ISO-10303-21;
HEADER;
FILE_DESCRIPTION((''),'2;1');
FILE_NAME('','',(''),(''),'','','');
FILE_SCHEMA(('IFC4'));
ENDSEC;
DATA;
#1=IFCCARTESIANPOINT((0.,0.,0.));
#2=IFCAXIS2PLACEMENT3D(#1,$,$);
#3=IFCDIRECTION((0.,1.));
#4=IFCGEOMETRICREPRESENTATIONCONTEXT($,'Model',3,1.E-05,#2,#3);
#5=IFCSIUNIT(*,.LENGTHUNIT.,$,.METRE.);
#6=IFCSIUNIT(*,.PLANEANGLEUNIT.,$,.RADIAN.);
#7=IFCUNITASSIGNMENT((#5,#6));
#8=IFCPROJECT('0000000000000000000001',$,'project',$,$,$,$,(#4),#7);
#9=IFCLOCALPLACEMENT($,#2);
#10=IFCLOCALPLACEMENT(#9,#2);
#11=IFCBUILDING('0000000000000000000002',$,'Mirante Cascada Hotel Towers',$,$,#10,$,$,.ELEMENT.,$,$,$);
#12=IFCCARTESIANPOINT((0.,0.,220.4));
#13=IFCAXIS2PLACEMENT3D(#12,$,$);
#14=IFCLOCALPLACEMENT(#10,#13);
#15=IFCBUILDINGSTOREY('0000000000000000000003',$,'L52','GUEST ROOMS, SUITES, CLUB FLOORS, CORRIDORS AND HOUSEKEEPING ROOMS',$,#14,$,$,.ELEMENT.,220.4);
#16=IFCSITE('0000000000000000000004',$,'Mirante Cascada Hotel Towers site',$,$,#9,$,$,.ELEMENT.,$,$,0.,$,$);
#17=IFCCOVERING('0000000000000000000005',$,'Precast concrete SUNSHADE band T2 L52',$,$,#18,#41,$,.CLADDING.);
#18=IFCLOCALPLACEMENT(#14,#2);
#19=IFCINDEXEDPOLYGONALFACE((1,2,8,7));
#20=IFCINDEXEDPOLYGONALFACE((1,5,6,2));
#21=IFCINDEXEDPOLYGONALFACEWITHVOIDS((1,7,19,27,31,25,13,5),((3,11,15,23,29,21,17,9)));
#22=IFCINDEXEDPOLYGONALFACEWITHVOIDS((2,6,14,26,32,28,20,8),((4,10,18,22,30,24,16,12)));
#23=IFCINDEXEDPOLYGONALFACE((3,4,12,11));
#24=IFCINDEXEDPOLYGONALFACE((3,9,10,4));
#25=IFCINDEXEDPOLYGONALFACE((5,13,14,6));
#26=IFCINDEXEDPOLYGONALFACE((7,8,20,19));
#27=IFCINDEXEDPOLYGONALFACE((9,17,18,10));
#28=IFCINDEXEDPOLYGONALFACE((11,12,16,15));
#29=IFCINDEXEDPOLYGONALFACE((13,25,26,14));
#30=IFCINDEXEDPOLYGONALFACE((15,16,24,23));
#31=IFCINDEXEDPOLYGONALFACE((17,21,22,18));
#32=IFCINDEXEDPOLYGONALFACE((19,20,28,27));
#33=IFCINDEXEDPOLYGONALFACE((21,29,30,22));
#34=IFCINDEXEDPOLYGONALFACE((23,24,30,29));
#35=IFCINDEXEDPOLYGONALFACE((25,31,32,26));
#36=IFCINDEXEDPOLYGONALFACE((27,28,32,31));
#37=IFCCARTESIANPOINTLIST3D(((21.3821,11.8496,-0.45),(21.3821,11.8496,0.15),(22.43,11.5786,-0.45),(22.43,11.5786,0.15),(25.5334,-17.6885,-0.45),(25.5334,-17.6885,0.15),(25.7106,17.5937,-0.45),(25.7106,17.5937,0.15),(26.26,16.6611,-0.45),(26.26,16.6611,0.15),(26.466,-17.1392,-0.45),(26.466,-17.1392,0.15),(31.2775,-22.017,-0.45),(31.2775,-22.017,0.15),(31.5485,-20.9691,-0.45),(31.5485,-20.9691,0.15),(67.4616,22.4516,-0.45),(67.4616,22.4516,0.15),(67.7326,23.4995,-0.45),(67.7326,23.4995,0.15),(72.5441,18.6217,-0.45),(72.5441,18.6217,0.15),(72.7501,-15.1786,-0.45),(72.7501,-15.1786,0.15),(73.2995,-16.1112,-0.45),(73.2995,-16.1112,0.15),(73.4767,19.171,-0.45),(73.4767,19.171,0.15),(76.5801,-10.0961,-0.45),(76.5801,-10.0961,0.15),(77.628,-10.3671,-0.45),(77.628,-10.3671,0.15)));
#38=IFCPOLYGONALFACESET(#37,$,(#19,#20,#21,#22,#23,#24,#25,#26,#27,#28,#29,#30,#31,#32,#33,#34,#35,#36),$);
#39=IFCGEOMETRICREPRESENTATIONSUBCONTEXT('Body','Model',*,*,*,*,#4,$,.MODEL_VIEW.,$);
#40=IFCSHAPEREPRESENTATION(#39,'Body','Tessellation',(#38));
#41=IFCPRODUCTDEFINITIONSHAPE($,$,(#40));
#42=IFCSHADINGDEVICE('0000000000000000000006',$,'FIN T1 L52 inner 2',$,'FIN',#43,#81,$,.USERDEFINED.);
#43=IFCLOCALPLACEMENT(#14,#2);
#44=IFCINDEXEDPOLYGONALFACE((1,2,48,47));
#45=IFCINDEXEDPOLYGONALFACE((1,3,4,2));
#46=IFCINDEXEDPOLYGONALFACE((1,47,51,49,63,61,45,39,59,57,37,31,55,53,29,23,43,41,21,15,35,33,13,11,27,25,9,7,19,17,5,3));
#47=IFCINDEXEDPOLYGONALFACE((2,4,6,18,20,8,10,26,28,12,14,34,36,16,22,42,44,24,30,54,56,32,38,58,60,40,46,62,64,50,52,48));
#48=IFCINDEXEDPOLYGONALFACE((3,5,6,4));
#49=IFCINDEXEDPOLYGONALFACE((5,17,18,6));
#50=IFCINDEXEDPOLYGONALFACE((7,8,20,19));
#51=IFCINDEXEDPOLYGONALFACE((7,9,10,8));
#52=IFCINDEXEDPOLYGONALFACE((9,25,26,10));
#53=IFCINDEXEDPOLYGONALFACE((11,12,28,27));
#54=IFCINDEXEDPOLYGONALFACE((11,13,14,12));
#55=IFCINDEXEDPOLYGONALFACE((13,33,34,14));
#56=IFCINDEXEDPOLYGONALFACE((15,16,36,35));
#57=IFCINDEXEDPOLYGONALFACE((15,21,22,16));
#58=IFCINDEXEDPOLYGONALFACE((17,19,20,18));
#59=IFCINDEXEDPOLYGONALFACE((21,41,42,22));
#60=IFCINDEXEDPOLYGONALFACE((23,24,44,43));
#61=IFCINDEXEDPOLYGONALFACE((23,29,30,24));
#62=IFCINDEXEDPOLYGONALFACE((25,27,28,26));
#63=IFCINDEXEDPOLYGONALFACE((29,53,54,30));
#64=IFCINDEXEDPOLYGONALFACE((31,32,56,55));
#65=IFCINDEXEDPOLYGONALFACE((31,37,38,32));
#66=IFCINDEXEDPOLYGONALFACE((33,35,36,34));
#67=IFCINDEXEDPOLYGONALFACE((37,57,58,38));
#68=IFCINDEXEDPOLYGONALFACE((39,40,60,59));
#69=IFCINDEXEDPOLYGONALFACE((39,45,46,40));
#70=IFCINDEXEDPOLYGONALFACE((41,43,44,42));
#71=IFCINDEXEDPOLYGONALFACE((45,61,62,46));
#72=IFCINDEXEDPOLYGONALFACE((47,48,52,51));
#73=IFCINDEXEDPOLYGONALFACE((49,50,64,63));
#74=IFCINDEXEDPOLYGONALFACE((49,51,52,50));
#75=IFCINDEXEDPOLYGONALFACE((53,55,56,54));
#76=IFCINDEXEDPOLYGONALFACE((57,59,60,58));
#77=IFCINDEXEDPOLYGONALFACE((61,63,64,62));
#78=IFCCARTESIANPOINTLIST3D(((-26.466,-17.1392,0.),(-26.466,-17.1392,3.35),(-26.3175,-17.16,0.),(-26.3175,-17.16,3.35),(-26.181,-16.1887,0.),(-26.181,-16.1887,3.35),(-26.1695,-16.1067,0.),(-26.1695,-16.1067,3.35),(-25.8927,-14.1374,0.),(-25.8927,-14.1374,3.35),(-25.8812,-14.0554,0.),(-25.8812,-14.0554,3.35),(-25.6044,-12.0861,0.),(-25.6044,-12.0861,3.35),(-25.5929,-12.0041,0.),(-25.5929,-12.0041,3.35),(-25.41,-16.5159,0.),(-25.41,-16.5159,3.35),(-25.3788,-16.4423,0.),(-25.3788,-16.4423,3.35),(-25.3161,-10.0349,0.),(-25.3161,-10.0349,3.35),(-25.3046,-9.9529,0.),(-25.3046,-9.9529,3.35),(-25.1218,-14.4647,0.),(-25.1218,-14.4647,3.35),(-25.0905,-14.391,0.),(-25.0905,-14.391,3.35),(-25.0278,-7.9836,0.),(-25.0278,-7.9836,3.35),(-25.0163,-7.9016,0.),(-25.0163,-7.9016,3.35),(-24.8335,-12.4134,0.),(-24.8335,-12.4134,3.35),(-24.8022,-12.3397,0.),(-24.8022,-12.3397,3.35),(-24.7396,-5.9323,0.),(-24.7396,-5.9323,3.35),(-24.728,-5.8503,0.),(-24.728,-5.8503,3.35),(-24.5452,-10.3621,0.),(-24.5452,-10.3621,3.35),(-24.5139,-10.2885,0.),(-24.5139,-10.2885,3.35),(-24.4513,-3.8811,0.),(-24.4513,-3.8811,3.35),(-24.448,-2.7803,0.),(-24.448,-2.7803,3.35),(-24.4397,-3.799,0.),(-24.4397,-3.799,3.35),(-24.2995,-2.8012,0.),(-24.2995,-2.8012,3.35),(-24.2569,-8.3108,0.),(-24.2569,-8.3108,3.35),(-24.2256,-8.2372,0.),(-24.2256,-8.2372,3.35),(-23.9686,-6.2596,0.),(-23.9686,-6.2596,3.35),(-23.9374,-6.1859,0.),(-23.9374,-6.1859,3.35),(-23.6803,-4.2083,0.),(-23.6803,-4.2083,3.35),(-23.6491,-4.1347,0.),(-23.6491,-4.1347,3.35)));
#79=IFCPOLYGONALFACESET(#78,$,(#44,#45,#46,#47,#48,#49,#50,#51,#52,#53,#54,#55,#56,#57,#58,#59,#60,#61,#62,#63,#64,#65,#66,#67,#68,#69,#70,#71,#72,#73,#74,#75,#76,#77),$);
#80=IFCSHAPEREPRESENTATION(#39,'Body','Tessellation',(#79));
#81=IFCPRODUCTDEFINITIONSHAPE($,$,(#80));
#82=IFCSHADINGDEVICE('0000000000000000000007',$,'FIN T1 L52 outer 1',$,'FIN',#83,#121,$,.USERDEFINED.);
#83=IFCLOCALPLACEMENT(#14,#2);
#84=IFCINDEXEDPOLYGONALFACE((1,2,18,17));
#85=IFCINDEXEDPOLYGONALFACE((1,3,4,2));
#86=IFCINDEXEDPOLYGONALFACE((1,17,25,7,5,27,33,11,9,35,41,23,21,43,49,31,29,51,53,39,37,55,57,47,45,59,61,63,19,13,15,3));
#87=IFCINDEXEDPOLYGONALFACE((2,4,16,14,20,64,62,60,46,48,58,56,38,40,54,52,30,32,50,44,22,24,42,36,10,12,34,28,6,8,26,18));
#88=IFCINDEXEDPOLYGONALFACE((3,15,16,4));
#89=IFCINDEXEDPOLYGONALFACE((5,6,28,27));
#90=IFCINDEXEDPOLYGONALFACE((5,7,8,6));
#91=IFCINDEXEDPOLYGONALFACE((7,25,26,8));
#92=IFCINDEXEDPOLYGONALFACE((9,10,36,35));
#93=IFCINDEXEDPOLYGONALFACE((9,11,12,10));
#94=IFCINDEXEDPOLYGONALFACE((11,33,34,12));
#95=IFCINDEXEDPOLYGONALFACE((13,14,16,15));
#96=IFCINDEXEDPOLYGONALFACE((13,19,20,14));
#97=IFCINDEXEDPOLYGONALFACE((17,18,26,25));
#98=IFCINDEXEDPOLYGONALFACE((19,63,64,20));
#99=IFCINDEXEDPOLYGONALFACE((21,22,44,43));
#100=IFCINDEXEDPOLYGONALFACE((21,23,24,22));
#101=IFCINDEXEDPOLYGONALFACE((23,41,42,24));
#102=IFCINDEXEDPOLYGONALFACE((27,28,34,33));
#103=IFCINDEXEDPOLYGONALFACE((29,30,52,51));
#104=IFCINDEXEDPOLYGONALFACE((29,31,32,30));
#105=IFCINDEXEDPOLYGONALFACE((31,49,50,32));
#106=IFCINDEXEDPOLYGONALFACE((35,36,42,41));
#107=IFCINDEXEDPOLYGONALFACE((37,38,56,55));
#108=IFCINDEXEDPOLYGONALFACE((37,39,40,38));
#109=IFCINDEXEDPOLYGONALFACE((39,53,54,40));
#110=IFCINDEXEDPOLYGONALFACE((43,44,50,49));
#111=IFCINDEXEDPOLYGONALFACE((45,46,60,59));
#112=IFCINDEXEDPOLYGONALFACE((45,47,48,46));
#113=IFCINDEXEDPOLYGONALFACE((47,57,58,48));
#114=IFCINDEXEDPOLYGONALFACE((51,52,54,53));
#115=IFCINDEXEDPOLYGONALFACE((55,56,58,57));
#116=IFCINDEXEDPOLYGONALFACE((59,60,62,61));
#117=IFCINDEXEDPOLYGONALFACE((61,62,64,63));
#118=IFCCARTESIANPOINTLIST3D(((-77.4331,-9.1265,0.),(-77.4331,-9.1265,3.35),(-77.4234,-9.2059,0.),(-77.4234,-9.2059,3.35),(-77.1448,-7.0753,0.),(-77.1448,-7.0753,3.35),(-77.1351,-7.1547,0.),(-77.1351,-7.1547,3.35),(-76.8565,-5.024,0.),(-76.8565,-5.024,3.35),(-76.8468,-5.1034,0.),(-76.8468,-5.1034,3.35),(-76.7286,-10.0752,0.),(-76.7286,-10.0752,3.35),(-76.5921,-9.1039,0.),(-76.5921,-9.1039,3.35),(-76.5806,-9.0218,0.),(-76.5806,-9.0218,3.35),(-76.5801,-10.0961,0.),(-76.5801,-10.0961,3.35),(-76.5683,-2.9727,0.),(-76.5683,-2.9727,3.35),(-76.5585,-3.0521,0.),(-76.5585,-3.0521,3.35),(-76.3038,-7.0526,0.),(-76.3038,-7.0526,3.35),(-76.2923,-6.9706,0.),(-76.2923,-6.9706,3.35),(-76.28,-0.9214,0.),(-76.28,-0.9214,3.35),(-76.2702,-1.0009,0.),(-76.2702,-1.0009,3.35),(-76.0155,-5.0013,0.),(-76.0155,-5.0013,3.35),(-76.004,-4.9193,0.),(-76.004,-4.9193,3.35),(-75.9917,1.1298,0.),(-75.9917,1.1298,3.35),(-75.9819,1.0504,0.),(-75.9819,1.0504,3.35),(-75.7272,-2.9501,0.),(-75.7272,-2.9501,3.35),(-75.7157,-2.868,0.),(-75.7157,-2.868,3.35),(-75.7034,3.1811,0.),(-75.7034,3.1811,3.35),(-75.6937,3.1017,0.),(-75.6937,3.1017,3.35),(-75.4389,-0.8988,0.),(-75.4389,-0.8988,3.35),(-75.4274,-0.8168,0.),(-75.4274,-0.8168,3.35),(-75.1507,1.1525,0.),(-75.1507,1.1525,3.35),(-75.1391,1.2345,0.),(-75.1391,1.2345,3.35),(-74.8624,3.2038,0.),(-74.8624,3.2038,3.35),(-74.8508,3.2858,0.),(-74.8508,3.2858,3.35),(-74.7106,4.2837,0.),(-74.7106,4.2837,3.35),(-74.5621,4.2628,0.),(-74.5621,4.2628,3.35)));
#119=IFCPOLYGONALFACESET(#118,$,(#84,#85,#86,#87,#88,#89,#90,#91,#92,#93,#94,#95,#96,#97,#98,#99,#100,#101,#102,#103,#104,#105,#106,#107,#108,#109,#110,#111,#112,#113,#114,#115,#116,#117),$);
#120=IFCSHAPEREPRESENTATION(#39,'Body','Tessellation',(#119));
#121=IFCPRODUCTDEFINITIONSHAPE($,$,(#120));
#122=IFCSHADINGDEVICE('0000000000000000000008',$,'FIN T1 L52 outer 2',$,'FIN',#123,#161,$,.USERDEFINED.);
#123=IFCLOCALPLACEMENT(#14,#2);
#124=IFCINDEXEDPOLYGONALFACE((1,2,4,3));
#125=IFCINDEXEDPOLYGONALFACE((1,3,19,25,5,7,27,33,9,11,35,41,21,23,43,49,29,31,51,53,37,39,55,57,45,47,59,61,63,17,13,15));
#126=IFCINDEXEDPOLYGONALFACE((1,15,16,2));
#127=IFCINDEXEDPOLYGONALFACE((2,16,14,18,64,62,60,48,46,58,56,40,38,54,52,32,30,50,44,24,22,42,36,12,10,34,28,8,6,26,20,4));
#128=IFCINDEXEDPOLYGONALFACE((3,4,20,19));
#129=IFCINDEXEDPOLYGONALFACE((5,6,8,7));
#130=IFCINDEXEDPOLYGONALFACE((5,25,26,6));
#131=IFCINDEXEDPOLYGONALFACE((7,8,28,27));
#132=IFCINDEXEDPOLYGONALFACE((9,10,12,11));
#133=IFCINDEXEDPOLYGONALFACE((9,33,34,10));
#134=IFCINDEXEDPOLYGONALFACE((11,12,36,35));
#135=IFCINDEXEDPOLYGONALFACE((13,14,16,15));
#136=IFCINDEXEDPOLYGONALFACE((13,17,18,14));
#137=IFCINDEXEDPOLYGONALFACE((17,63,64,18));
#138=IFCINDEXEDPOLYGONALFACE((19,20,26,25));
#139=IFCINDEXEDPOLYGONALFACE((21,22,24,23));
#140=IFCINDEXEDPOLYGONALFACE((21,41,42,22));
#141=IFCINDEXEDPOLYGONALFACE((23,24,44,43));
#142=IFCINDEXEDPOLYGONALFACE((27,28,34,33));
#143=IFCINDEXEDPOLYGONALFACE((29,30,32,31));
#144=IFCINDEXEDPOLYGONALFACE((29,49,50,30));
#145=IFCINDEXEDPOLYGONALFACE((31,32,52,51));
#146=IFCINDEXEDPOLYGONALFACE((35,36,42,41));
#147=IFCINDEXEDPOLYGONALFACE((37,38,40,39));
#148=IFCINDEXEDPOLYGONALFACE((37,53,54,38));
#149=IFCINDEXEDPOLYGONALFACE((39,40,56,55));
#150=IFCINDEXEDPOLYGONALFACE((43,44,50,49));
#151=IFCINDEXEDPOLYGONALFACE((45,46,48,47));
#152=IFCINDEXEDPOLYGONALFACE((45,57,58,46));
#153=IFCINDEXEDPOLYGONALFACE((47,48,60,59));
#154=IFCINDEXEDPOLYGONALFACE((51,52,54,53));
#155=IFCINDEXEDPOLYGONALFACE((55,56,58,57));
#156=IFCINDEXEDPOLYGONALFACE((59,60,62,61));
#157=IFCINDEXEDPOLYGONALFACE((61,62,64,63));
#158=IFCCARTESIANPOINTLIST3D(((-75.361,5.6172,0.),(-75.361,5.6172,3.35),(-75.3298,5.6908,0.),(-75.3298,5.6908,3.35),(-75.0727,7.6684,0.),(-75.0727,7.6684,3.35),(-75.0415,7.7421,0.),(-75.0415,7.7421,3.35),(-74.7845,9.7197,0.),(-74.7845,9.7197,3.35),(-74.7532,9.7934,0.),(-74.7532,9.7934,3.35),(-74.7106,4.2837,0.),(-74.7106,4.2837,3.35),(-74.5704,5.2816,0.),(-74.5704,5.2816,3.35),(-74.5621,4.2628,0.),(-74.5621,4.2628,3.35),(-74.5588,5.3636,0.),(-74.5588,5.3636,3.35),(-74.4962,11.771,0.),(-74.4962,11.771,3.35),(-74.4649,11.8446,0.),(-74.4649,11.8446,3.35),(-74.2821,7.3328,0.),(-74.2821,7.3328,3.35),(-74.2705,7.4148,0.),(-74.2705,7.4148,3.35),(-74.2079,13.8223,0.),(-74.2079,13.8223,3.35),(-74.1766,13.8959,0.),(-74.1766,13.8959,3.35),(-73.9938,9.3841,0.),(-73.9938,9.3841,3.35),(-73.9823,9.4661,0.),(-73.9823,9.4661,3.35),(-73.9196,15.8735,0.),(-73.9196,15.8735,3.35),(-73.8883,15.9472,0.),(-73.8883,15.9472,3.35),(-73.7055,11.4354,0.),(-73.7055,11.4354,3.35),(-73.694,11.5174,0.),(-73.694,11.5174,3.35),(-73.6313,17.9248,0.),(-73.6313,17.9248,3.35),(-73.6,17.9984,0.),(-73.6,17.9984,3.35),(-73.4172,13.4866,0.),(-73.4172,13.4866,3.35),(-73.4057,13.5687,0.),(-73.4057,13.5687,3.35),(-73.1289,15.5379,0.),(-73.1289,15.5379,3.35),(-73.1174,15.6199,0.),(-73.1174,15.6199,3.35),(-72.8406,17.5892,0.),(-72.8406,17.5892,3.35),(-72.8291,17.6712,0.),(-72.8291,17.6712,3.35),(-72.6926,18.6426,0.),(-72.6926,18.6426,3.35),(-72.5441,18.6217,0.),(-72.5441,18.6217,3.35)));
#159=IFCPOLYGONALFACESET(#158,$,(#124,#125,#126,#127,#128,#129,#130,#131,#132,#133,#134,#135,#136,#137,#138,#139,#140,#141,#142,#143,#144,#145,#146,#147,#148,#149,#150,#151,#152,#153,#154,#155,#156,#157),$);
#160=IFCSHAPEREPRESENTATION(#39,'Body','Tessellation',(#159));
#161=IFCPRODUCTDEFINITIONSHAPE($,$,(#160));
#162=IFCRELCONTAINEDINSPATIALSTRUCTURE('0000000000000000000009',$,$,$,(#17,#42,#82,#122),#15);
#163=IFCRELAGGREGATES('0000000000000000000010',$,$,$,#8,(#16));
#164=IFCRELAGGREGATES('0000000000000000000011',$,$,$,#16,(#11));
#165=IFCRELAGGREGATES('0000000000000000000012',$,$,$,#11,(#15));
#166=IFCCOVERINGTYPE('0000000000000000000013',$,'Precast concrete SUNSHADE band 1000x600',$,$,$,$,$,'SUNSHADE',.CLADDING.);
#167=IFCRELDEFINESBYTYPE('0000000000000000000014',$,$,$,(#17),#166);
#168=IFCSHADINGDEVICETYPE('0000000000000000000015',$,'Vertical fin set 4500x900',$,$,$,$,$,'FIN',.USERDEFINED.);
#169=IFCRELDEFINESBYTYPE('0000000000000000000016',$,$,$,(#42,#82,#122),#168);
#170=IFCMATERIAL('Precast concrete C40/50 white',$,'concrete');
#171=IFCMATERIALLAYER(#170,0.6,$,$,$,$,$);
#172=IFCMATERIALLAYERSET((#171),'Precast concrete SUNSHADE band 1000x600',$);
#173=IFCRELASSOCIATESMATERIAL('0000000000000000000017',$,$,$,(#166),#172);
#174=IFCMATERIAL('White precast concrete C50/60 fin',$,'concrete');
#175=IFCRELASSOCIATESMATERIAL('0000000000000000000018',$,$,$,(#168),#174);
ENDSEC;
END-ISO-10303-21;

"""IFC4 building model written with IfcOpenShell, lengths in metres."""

from ifc_helpers import new_model, si_unit, direction, frame, origin, place, context, subcontext, project, spatial, polyline, outline, extrude, material, layer, layer_set, type_object, element, save


model = new_model("IFC4")

# Units and contexts
model_context = context("Model", 3, precision=1e-05, world=origin(), true_north=direction((0.0, 1.0)))
body_context = subcontext(model_context, "Body", "Model", "MODEL_VIEW")
ifc_project = project(units=[si_unit("LENGTHUNIT", "METRE"), si_unit("PLANEANGLEUNIT", "RADIAN")], contexts=[model_context])

# Site, building, storey
site_placement = place(None, origin())
site = spatial("IfcSite", under=ifc_project, at=site_placement, Name="Mirante Cascada Hotel Towers site", CompositionType="ELEMENT", RefElevation=0.0)
building_placement = place(site_placement, origin())
building = spatial("IfcBuilding", under=site, at=building_placement, Name="Mirante Cascada Hotel Towers", CompositionType="ELEMENT")
storey_placement = place(building_placement, frame((0.0, 0.0, 220.4)))
storey = spatial("IfcBuildingStorey", under=building, at=storey_placement, Name="L52", Description="GUEST ROOMS, SUITES, CLUB FLOORS, CORRIDORS AND HOUSEKEEPING ROOMS", CompositionType="ELEMENT", Elevation=220.4)

# Covering
ifc_material_1 = material(Name="Precast concrete C40/50 white", Category="concrete")
ifc_layer_1 = layer(ifc_material_1, 0.6)
ifc_layer_set_1 = layer_set([ifc_layer_1], Name="Precast concrete SUNSHADE band 1000x600")
covering_type = type_object("IfcCoveringType", Name="Precast concrete SUNSHADE band 1000x600", ElementType="SUNSHADE", PredefinedType="CLADDING", material=ifc_layer_set_1)
covering_placement = place(storey_placement, frame((0.0, 0.0, -0.45)))
element("IfcCovering", 1, at=covering_placement, inside=storey, type_object=covering_type, Name="Precast concrete SUNSHADE band T2 L52", PredefinedType="CLADDING", context=body_context, shape_type="SweptSolid", body=[
    extrude(outline(polyline([(21.3821, 11.8496), (25.7106, 17.5937), (67.7326, 23.4995), (73.4767, 19.171), (77.628, -10.3671), (73.2995, -16.1112), (31.2775, -22.017), (25.5334, -17.6885), (21.3821, 11.8496)]), holes=[polyline([(76.5801, -10.0961), (72.5441, 18.6217), (67.4616, 22.4516), (26.26, 16.6611), (22.43, 11.5786), (26.466, -17.1392), (31.5485, -20.9691), (72.7501, -15.1786), (76.5801, -10.0961)])]), origin(), (0.0, 0.0, 1.0), 0.6),
])

# Shading devices
ifc_material_2 = material(Name="White precast concrete C50/60 fin", Category="concrete")
shading_device_type = type_object("IfcShadingDeviceType", Name="Vertical fin set 4500x900", ElementType="FIN", PredefinedType="USERDEFINED", material=ifc_material_2)
shading_device_1_placement = place(storey_placement, origin())
element("IfcShadingDevice", 2, at=shading_device_1_placement, inside=storey, type_object=shading_device_type, Name="FIN T1 L52 inner 2", ObjectType="FIN", PredefinedType="USERDEFINED", context=body_context, shape_type="SweptSolid", body=[
    extrude(outline(polyline([(-26.181, -16.1887), (-26.3175, -17.16), (-26.466, -17.1392), (-24.448, -2.7803), (-24.2995, -2.8012), (-24.4397, -3.799), (-23.6491, -4.1347), (-23.6803, -4.2083), (-24.4513, -3.8811), (-24.728, -5.8503), (-23.9374, -6.1859), (-23.9686, -6.2596), (-24.7396, -5.9323), (-25.0163, -7.9016), (-24.2256, -8.2372), (-24.2569, -8.3108), (-25.0278, -7.9836), (-25.3046, -9.9529), (-24.5139, -10.2885), (-24.5452, -10.3621), (-25.3161, -10.0349), (-25.5929, -12.0041), (-24.8022, -12.3397), (-24.8335, -12.4134), (-25.6044, -12.0861), (-25.8812, -14.0554), (-25.0905, -14.391), (-25.1218, -14.4647), (-25.8927, -14.1374), (-26.1695, -16.1067), (-25.3788, -16.4423), (-25.41, -16.5159), (-26.181, -16.1887)])), origin(), (0.0, 0.0, 1.0), 3.35),
])
shading_device_2_placement = place(storey_placement, origin())
element("IfcShadingDevice", 3, at=shading_device_2_placement, inside=storey, type_object=shading_device_type, Name="FIN T1 L52 outer 1", ObjectType="FIN", PredefinedType="USERDEFINED", context=body_context, shape_type="SweptSolid", body=[
    extrude(outline(polyline([(-76.5806, -9.0218), (-76.3038, -7.0526), (-77.1351, -7.1547), (-77.1448, -7.0753), (-76.2923, -6.9706), (-76.0155, -5.0013), (-76.8468, -5.1034), (-76.8565, -5.024), (-76.004, -4.9193), (-75.7272, -2.9501), (-76.5585, -3.0521), (-76.5683, -2.9727), (-75.7157, -2.868), (-75.4389, -0.8988), (-76.2702, -1.0009), (-76.28, -0.9214), (-75.4274, -0.8168), (-75.1507, 1.1525), (-75.9819, 1.0504), (-75.9917, 1.1298), (-75.1391, 1.2345), (-74.8624, 3.2038), (-75.6937, 3.1017), (-75.7034, 3.1811), (-74.8508, 3.2858), (-74.7106, 4.2837), (-74.5621, 4.2628), (-76.5801, -10.0961), (-76.7286, -10.0752), (-76.5921, -9.1039), (-77.4234, -9.2059), (-77.4331, -9.1265), (-76.5806, -9.0218)])), origin(), (0.0, 0.0, 1.0), 3.35),
])
shading_device_3_placement = place(storey_placement, origin())
element("IfcShadingDevice", 4, at=shading_device_3_placement, inside=storey, type_object=shading_device_type, Name="FIN T1 L52 outer 2", ObjectType="FIN", PredefinedType="USERDEFINED", context=body_context, shape_type="SweptSolid", body=[
    extrude(outline(polyline([(-74.5588, 5.3636), (-74.2821, 7.3328), (-75.0727, 7.6684), (-75.0415, 7.7421), (-74.2705, 7.4148), (-73.9938, 9.3841), (-74.7845, 9.7197), (-74.7532, 9.7934), (-73.9823, 9.4661), (-73.7055, 11.4354), (-74.4962, 11.771), (-74.4649, 11.8446), (-73.694, 11.5174), (-73.4172, 13.4866), (-74.2079, 13.8223), (-74.1766, 13.8959), (-73.4057, 13.5687), (-73.1289, 15.5379), (-73.9196, 15.8735), (-73.8883, 15.9472), (-73.1174, 15.6199), (-72.8406, 17.5892), (-73.6313, 17.9248), (-73.6, 17.9984), (-72.8291, 17.6712), (-72.6926, 18.6426), (-72.5441, 18.6217), (-74.5621, 4.2628), (-74.7106, 4.2837), (-74.5704, 5.2816), (-75.361, 5.6172), (-75.3298, 5.6908), (-74.5588, 5.3636)])), origin(), (0.0, 0.0, 1.0), 3.35),
])

save(model, "model.ifc")
